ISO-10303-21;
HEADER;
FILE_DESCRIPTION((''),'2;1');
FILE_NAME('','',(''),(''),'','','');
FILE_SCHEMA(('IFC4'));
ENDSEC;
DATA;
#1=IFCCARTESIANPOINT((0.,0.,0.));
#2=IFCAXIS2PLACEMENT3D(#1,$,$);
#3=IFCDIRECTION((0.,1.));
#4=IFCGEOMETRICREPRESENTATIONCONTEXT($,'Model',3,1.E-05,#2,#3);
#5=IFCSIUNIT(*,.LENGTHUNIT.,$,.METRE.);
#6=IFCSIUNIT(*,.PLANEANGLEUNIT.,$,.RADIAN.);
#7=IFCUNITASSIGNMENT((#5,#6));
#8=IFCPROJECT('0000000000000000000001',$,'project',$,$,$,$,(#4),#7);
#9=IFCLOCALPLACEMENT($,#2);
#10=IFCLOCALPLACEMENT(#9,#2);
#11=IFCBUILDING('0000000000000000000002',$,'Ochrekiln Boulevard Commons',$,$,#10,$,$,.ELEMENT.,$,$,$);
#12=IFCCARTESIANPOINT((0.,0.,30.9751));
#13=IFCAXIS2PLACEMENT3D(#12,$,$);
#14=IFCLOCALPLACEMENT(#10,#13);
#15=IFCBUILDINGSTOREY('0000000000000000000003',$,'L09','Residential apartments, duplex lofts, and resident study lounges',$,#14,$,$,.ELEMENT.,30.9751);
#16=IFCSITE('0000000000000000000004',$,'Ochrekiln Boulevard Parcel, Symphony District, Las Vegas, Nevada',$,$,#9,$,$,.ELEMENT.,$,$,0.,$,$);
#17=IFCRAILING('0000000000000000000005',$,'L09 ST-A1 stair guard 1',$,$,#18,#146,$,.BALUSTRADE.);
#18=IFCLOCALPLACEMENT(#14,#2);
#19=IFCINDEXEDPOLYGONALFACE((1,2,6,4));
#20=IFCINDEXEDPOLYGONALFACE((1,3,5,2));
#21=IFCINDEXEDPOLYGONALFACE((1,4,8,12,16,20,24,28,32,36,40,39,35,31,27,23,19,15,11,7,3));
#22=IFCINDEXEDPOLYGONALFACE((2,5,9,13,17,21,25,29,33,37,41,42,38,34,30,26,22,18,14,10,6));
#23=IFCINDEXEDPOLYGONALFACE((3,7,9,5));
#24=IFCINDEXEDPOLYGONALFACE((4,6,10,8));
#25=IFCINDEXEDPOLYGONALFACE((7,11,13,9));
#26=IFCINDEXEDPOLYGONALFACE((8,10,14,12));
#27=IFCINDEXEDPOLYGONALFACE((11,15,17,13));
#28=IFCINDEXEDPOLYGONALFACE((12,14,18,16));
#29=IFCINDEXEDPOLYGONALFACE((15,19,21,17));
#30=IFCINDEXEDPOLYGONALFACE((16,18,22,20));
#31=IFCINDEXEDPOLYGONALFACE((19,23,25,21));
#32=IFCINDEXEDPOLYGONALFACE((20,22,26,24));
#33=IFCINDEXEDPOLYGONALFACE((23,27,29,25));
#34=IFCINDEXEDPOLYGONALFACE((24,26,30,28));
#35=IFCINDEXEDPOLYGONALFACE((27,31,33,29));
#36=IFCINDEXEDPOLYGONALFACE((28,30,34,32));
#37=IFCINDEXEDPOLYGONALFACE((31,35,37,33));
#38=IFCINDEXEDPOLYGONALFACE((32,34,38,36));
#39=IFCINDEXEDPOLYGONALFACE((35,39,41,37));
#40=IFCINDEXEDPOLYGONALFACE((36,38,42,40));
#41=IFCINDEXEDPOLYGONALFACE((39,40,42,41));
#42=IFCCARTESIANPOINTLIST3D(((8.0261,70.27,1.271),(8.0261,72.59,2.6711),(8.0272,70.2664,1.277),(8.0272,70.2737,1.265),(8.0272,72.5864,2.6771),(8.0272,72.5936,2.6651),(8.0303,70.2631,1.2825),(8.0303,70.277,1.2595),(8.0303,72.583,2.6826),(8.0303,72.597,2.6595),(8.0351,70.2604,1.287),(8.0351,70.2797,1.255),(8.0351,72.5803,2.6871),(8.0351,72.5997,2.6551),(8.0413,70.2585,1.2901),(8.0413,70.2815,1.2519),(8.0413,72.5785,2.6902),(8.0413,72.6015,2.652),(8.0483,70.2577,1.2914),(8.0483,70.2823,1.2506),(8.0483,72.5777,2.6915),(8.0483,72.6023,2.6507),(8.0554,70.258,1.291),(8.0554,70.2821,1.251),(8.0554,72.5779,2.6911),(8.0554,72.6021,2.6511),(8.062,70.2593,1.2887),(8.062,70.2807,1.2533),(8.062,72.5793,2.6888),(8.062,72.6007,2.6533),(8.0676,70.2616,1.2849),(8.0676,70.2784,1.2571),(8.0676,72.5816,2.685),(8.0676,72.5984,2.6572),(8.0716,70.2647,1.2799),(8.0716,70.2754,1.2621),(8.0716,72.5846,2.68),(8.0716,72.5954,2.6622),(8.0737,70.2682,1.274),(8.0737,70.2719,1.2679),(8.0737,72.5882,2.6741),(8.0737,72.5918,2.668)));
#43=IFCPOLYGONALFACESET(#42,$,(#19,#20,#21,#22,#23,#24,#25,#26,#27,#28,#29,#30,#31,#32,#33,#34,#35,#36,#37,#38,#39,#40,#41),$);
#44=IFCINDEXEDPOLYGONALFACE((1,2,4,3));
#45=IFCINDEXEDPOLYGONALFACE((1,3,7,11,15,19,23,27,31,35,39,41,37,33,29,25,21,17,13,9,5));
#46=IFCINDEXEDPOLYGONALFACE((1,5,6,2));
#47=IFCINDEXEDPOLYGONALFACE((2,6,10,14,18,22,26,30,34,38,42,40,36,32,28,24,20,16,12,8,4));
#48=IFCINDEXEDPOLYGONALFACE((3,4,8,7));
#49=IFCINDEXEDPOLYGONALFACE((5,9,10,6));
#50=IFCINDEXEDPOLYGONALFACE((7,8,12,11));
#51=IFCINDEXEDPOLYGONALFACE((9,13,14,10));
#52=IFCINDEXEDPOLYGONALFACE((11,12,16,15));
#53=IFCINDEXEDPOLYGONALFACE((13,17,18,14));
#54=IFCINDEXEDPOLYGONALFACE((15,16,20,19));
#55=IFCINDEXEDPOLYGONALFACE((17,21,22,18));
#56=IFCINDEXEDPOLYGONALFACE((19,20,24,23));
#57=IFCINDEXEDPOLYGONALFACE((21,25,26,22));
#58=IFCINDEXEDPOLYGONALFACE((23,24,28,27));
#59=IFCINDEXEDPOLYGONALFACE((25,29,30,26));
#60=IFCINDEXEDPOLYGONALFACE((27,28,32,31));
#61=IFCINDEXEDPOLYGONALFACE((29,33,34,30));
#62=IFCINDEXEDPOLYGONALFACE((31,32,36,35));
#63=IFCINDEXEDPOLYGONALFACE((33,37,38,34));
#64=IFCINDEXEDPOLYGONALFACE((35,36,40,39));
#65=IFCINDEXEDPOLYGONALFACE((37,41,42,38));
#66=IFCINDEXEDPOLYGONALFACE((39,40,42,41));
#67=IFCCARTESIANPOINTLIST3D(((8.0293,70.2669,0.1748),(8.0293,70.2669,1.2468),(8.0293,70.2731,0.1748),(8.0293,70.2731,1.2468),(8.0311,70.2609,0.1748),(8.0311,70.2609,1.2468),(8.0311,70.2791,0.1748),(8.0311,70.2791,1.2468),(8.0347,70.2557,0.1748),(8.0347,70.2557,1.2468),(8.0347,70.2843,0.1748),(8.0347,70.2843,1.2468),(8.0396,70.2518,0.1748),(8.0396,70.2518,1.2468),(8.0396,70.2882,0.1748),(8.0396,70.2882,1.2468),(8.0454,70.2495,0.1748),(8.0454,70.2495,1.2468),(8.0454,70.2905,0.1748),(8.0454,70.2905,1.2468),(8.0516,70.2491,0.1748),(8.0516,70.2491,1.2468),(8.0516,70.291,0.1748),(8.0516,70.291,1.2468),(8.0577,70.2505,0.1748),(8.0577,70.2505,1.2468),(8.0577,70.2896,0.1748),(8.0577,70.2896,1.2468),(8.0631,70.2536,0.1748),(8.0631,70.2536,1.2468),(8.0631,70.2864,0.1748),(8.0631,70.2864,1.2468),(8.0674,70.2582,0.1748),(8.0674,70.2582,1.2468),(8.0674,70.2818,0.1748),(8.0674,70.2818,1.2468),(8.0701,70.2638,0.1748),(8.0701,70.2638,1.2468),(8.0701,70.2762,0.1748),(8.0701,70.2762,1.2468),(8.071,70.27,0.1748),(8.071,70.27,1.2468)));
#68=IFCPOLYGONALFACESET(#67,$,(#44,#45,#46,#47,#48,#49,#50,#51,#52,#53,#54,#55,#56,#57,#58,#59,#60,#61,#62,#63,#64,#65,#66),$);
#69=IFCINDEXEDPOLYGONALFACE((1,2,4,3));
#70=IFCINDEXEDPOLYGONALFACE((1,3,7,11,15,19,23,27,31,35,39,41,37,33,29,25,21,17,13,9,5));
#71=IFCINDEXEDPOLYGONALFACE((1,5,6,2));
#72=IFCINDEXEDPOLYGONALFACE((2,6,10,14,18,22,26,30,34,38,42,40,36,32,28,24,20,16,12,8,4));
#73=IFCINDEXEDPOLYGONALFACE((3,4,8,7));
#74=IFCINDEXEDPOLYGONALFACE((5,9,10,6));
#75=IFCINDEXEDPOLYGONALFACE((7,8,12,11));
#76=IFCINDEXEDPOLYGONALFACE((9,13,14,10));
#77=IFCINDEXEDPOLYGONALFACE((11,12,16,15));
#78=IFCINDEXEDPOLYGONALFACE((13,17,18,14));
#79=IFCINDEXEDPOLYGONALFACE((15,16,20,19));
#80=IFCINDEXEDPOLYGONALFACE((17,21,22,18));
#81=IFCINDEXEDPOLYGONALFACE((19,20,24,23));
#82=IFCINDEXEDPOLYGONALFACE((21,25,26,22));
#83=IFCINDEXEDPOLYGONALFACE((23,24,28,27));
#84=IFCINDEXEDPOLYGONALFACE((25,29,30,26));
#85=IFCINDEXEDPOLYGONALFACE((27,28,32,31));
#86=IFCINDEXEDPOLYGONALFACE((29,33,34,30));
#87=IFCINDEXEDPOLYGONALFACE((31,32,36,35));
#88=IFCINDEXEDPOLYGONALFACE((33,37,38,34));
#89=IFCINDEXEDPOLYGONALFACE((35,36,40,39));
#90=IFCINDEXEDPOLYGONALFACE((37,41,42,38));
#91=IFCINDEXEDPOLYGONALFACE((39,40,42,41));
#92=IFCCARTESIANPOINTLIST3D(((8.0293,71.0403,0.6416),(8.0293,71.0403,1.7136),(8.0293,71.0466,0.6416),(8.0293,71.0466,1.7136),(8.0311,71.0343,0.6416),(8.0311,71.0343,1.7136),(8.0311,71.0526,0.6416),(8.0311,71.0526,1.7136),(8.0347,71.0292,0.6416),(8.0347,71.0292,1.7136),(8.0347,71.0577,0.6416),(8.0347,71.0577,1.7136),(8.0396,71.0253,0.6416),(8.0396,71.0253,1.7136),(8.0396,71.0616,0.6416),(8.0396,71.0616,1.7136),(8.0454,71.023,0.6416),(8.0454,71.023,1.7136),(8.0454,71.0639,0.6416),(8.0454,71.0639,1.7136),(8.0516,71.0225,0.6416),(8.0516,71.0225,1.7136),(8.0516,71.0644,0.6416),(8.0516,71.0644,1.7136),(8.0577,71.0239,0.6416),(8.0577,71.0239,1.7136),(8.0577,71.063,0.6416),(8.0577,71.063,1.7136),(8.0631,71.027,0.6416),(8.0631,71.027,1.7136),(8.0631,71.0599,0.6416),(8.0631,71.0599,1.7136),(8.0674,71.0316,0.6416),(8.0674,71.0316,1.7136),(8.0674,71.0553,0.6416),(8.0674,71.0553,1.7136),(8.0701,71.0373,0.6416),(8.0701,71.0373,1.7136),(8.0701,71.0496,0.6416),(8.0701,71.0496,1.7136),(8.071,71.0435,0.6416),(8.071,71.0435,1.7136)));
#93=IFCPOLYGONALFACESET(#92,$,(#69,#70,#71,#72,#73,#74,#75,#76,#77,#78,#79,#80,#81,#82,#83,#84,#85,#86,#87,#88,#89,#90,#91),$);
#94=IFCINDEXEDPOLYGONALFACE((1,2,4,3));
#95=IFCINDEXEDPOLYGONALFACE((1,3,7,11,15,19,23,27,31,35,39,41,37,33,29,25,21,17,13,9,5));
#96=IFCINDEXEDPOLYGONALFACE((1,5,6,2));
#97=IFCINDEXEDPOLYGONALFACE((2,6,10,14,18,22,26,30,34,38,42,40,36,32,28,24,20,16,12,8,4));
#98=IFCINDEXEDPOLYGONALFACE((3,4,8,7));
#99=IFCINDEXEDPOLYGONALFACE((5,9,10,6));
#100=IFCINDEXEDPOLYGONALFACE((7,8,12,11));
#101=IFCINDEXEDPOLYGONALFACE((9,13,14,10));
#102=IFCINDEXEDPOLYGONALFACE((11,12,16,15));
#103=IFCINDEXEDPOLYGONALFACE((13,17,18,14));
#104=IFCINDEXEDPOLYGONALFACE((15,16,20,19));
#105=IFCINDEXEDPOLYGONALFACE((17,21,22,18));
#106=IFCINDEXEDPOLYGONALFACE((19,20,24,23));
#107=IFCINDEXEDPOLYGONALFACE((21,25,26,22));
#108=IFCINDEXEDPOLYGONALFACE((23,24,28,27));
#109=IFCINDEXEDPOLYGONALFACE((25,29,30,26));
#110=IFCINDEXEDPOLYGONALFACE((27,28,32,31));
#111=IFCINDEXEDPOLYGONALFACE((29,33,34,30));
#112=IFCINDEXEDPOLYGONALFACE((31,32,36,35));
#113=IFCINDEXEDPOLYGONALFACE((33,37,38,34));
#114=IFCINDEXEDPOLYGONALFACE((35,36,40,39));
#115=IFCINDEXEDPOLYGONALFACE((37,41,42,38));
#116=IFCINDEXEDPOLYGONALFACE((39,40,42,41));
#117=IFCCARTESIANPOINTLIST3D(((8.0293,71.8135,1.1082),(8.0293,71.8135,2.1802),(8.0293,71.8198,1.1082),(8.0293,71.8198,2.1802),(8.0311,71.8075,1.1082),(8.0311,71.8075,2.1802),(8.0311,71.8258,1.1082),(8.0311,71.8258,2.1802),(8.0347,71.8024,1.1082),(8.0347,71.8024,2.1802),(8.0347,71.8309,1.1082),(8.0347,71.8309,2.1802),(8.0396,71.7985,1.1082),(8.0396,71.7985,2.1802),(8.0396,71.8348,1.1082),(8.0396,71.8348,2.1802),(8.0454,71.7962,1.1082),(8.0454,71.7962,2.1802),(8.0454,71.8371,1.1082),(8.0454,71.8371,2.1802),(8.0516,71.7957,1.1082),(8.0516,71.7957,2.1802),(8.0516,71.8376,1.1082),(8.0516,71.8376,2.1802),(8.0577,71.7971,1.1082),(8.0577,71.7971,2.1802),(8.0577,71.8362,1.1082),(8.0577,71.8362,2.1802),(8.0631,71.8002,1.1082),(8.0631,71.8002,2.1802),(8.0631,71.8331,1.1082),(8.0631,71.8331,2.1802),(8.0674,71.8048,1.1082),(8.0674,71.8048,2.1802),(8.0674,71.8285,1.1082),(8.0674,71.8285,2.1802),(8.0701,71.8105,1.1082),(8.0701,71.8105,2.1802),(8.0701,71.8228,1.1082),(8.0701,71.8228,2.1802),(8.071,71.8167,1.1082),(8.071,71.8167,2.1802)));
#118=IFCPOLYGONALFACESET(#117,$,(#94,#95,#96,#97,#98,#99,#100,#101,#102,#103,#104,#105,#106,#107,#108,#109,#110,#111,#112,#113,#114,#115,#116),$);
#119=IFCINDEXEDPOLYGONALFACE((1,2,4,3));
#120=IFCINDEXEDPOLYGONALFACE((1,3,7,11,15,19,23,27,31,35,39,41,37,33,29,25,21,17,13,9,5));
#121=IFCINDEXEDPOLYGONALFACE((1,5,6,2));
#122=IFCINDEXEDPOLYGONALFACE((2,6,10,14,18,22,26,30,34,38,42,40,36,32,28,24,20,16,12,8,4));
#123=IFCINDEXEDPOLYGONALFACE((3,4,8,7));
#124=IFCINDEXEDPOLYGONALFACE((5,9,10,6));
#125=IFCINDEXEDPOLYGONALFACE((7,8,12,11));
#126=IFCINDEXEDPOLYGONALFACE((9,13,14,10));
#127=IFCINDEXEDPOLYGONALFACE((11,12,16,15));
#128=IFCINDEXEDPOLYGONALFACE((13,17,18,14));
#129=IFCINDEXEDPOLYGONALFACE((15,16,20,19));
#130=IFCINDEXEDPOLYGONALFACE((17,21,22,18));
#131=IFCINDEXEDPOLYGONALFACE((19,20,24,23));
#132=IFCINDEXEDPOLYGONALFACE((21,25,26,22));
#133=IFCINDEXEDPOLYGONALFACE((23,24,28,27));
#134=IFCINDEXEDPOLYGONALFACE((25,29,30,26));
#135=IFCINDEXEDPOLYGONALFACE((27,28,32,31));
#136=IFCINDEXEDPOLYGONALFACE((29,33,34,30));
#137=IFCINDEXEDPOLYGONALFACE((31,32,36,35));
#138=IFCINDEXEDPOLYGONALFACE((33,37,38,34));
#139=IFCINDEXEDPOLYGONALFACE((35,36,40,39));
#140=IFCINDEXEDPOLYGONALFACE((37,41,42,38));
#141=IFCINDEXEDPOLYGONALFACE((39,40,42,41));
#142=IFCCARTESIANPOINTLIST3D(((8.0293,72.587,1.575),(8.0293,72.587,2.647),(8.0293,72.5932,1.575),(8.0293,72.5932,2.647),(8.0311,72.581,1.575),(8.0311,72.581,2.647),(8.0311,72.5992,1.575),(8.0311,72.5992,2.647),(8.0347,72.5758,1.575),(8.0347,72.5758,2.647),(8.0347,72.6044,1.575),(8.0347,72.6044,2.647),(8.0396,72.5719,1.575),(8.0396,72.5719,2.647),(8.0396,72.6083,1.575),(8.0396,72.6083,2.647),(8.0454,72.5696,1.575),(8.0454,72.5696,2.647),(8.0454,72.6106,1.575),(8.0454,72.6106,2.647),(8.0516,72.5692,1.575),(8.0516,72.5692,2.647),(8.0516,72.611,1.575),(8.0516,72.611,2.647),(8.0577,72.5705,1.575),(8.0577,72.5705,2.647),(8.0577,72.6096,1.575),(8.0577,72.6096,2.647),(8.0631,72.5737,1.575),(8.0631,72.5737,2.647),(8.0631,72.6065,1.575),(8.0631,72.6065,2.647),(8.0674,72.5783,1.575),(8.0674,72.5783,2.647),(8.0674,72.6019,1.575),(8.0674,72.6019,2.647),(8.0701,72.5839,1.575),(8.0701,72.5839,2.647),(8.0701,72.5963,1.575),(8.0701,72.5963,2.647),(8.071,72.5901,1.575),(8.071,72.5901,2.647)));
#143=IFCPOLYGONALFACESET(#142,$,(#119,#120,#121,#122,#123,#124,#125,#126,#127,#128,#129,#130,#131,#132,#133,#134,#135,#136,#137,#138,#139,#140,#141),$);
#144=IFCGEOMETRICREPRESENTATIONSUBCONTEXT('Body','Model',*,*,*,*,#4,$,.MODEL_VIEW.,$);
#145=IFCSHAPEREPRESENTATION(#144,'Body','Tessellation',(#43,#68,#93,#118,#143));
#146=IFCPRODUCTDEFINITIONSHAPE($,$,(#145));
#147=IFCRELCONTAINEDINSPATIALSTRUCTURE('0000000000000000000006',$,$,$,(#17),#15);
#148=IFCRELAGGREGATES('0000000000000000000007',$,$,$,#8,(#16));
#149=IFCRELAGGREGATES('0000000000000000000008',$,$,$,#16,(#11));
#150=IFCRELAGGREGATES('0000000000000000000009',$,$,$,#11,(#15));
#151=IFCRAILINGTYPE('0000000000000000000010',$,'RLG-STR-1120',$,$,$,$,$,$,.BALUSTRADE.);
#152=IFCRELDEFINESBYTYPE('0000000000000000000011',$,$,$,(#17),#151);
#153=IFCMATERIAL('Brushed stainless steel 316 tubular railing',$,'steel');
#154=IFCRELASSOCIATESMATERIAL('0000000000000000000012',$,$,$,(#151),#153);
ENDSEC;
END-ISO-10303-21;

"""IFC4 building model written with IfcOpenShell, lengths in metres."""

from ifc_helpers import new_model, si_unit, direction, frame, origin, origin_2d, place, context, subcontext, project, spatial, circle, extrude, material, type_object, element, save


model = new_model("IFC4")

# Units and contexts
model_context = context("Model", 3, precision=1e-05, world=origin(), true_north=direction((0.0, 1.0)))
body_context = subcontext(model_context, "Body", "Model", "MODEL_VIEW")
ifc_project = project(units=[si_unit("LENGTHUNIT", "METRE"), si_unit("PLANEANGLEUNIT", "RADIAN")], contexts=[model_context])

# Site, building, storey
site_placement = place(None, origin())
site = spatial("IfcSite", under=ifc_project, at=site_placement, Name="Ochrekiln Boulevard Parcel, Symphony District, Las Vegas, Nevada", CompositionType="ELEMENT", RefElevation=0.0)
building_placement = place(site_placement, origin())
building = spatial("IfcBuilding", under=site, at=building_placement, Name="Ochrekiln Boulevard Commons", CompositionType="ELEMENT")
storey_placement = place(building_placement, frame((0.0, 0.0, 30.9751)))
storey = spatial("IfcBuildingStorey", under=building, at=storey_placement, Name="L09", Description="Residential apartments, duplex lofts, and resident study lounges", CompositionType="ELEMENT", Elevation=30.9751)

# Railing
ifc_material_1 = material(Name="Brushed stainless steel 316 tubular railing", Category="steel")
railing_type_1 = type_object("IfcRailingType", Name="RLG-STR-1120", PredefinedType="BALUSTRADE", material=ifc_material_1)
railing_1_placement = place(storey_placement, frame((8.05, 70.27, 0.1748)))
element("IfcRailing", 1, at=railing_1_placement, inside=storey, type_object=railing_type_1, Name="L09 ST-A1 stair guard 1", PredefinedType="BALUSTRADE", context=body_context, shape_type="SweptSolid", body=[
    extrude(circle(Radius=0.0239, at=origin_2d()), frame((0.0, 0.0, 1.0962), z_axis=(0.0, 0.85617, 0.516693), x_axis=(-1.0, 0.0, 0.0)), (0.0, 0.0, 1.0), 2.7097),
    extrude(circle(Radius=0.021, at=origin_2d()), origin(), (0.0, 0.0, 1.0), 1.072),
    extrude(circle(Radius=0.021, at=origin_2d()), frame((0.0, 0.7734, 0.4668)), (0.0, 0.0, 1.0), 1.072),
    extrude(circle(Radius=0.021, at=origin_2d()), frame((0.0, 1.5466, 0.9333)), (0.0, 0.0, 1.0), 1.072),
    extrude(circle(Radius=0.021, at=origin_2d()), frame((0.0, 2.3201, 1.4001)), (0.0, 0.0, 1.0), 1.072),
])

save(model, "model.ifc")
